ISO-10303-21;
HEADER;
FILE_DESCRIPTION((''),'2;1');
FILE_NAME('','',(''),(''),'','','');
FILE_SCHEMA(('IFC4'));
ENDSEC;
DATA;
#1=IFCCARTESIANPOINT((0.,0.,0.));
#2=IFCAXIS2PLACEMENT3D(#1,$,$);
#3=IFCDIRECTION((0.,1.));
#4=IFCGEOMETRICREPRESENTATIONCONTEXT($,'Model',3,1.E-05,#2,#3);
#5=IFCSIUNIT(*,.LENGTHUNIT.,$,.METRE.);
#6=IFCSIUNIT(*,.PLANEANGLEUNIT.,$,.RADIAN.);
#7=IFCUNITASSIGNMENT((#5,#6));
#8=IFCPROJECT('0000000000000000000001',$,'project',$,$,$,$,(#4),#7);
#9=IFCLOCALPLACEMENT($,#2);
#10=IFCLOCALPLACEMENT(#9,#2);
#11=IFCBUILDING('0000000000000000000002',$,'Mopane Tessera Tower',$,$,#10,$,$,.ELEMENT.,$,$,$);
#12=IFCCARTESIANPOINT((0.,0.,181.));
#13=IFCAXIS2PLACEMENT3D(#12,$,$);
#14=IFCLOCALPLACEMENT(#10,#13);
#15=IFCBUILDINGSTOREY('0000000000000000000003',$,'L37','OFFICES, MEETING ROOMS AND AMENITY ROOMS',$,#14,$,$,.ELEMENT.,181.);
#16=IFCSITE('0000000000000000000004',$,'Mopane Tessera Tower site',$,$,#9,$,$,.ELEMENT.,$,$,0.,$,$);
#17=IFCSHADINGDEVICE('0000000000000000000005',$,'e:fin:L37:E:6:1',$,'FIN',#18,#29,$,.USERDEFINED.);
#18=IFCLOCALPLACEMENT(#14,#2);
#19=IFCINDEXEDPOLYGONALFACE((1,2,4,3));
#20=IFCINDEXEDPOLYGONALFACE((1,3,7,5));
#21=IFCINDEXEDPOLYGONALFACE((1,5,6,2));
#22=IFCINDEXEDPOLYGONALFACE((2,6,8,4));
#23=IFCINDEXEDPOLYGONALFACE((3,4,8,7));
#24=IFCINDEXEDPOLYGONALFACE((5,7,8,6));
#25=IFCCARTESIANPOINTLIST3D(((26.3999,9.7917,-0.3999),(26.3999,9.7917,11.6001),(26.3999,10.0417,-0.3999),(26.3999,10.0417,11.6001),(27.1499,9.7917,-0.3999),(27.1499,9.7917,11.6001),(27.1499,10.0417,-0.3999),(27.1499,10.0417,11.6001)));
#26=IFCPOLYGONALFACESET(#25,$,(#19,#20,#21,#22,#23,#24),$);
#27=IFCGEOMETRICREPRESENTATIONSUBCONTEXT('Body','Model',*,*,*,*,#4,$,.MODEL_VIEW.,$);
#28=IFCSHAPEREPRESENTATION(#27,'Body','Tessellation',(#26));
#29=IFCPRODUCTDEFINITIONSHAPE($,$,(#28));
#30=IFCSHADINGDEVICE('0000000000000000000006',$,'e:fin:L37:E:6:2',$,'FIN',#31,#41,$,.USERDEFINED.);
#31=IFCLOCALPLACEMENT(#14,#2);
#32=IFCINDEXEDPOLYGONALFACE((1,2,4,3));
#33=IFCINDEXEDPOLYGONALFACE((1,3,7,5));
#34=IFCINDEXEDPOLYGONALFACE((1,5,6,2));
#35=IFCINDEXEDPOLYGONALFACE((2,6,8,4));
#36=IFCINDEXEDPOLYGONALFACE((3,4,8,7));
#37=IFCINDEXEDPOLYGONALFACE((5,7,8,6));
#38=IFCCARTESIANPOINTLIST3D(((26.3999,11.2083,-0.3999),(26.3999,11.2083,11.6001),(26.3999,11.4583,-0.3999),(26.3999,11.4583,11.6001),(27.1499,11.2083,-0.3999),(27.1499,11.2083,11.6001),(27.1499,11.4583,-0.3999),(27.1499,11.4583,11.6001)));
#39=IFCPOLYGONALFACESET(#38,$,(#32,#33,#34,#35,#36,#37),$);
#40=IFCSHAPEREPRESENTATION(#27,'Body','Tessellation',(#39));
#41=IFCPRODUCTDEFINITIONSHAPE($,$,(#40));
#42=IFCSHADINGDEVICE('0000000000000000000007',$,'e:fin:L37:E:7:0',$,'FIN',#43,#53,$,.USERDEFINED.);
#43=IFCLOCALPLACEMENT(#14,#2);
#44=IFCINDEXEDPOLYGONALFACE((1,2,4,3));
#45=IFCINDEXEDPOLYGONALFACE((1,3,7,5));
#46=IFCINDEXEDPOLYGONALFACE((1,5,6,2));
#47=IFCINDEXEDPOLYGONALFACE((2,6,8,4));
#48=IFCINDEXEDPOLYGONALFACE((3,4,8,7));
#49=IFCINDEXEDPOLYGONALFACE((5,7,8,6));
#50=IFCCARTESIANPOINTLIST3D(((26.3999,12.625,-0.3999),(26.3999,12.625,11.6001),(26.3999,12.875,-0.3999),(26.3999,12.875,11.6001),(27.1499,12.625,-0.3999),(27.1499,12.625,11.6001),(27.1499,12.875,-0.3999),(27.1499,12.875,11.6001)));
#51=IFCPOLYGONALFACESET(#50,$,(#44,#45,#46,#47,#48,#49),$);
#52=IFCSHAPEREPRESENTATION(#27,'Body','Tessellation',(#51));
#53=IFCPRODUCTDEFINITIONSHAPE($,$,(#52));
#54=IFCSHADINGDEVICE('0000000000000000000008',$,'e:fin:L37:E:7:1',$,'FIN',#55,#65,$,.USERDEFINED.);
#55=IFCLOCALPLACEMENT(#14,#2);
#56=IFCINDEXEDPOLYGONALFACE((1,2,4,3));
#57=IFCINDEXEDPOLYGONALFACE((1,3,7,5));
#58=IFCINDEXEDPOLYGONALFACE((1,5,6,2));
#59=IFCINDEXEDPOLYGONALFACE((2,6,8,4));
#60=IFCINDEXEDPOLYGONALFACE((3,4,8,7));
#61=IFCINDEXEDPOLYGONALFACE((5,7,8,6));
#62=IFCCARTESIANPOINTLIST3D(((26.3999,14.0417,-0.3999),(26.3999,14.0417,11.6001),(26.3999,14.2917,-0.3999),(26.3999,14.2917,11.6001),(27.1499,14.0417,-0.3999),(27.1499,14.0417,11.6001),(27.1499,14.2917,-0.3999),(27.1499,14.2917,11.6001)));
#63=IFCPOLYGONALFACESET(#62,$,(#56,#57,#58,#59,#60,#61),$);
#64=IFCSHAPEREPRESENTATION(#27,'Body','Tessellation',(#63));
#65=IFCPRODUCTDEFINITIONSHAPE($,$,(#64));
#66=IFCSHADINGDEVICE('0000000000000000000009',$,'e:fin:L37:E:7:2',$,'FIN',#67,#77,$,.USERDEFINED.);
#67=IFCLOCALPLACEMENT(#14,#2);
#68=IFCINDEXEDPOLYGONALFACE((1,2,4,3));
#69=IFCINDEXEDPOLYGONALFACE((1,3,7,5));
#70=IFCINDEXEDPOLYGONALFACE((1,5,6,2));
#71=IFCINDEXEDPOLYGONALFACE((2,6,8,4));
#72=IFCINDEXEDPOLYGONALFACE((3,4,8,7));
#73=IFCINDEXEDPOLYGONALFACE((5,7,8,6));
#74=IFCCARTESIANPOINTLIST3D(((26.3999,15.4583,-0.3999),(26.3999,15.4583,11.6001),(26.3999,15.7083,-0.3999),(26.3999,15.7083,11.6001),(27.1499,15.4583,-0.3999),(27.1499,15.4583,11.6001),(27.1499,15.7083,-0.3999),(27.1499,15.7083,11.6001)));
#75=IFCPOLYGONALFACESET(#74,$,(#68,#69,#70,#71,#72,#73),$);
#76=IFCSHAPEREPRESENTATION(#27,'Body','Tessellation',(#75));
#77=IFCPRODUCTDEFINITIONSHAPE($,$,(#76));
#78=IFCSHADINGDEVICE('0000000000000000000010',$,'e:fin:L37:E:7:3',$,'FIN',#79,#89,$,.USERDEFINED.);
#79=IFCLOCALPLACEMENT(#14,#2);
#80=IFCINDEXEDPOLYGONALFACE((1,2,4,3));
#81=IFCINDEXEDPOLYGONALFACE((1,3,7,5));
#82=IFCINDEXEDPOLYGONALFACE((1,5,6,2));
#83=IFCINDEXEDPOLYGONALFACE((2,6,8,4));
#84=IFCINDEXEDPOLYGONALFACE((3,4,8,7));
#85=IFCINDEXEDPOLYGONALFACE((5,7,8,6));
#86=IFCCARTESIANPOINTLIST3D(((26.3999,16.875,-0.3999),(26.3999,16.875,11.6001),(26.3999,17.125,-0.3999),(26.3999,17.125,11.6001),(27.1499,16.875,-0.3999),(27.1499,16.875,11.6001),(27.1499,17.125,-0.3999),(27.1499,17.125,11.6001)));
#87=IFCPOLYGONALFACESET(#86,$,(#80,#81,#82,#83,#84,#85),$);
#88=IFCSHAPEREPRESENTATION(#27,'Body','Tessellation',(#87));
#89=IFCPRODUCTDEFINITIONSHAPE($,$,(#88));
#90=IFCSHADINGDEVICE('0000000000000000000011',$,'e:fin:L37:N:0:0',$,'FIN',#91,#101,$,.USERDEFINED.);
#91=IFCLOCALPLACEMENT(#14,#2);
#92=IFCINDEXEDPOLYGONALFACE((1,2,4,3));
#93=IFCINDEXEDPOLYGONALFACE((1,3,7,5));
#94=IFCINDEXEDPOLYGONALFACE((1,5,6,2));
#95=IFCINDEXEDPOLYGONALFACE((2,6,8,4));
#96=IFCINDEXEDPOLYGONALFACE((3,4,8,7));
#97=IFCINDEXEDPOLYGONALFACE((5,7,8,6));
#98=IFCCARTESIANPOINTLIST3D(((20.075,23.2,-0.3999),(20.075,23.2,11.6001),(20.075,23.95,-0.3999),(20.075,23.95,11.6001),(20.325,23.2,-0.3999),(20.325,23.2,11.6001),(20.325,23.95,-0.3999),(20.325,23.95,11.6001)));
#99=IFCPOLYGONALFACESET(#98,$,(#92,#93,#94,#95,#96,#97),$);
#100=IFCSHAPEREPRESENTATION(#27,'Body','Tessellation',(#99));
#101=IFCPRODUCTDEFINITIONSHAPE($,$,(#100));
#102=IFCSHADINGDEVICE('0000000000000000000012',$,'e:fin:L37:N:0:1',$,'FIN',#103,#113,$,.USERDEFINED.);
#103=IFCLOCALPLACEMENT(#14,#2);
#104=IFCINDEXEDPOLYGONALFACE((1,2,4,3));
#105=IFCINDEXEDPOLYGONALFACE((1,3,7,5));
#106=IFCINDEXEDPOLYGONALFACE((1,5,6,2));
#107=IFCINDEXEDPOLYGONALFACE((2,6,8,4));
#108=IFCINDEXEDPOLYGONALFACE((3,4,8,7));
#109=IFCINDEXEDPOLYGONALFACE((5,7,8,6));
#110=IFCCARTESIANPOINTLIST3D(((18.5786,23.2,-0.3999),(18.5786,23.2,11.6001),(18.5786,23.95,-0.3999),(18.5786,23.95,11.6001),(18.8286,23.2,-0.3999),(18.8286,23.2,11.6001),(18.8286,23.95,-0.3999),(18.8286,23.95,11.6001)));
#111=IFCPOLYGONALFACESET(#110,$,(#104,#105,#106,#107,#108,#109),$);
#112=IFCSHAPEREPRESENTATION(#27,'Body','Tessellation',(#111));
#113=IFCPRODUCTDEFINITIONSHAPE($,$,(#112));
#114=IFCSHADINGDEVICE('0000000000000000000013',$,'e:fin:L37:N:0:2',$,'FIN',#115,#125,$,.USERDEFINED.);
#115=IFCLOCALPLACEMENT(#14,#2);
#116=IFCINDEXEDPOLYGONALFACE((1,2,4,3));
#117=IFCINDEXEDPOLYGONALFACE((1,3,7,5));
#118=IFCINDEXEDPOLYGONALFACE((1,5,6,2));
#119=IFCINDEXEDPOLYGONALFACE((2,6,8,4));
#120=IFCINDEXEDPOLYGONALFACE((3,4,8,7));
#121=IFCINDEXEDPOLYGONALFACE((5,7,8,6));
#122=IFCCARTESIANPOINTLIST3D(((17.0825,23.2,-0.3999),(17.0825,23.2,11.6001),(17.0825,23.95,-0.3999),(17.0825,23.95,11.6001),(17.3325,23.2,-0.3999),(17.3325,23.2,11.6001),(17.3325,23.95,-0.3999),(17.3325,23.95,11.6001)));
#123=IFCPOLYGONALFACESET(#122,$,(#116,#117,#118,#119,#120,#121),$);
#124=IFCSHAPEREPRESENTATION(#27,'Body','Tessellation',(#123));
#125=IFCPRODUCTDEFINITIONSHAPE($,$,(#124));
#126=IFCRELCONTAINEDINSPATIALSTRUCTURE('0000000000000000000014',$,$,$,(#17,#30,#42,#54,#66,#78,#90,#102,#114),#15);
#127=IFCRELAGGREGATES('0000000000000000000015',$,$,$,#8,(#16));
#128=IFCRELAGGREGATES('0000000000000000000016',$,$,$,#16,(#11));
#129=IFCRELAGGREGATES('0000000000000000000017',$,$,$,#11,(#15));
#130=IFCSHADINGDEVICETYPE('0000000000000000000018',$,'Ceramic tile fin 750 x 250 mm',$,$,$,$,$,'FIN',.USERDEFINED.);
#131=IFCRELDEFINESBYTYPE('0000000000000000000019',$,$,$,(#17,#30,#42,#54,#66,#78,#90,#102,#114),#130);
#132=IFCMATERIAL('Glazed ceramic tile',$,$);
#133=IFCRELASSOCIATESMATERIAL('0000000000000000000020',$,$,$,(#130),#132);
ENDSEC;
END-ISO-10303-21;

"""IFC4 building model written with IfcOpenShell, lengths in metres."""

from ifc_helpers import new_model, si_unit, direction, frame, origin, origin_2d, place, context, subcontext, project, spatial, rectangle, extrude, material, type_object, element, save


model = new_model("IFC4")

# Units and contexts
model_context = context("Model", 3, precision=1e-05, world=origin(), true_north=direction((0.0, 1.0)))
body_context = subcontext(model_context, "Body", "Model", "MODEL_VIEW")
ifc_project = project(units=[si_unit("LENGTHUNIT", "METRE"), si_unit("PLANEANGLEUNIT", "RADIAN")], contexts=[model_context])

# Site, building, storey
site_placement = place(None, origin())
site = spatial("IfcSite", under=ifc_project, at=site_placement, Name="Mopane Tessera Tower site", CompositionType="ELEMENT", RefElevation=0.0)
building_placement = place(site_placement, origin())
building = spatial("IfcBuilding", under=site, at=building_placement, Name="Mopane Tessera Tower", CompositionType="ELEMENT")
storey_placement = place(building_placement, frame((0.0, 0.0, 181.0)))
storey = spatial("IfcBuildingStorey", under=building, at=storey_placement, Name="L37", Description="OFFICES, MEETING ROOMS AND AMENITY ROOMS", CompositionType="ELEMENT", Elevation=181.0)

# Shading devices
ifc_material_1 = material(Name="Glazed ceramic tile")
shading_device_type = type_object("IfcShadingDeviceType", Name="Ceramic tile fin 750 x 250 mm", ElementType="FIN", PredefinedType="USERDEFINED", material=ifc_material_1)
for number, where, z_axis, x_axis, name in (
    (1, (26.7749, 9.9167, -0.3999), (0.0, 0.0, 1.0), (0.0, 1.0, 0.0), "e:fin:L37:E:6:1"),
    (2, (26.7749, 11.3333, -0.3999), (0.0, 0.0, 1.0), (0.0, 1.0, 0.0), "e:fin:L37:E:6:2"),
    (3, (26.7749, 12.75, -0.3999), (0.0, 0.0, 1.0), (0.0, 1.0, 0.0), "e:fin:L37:E:7:0"),
    (4, (26.7749, 14.1667, -0.3999), (0.0, 0.0, 1.0), (0.0, 1.0, 0.0), "e:fin:L37:E:7:1"),
    (5, (26.7749, 15.5833, -0.3999), (0.0, 0.0, 1.0), (0.0, 1.0, 0.0), "e:fin:L37:E:7:2"),
    (6, (26.7749, 17.0, -0.3999), (0.0, 0.0, 1.0), (0.0, 1.0, 0.0), "e:fin:L37:E:7:3"),
    (7, (20.2, 23.575, -0.3999), (0.0, 0.0, 1.0), (-1.0, 0.0, 0.0), "e:fin:L37:N:0:0"),
    (8, (18.7036, 23.575, -0.3999), (0.0, 0.0, 1.0), (-1.0, 0.0, 0.0), "e:fin:L37:N:0:1"),
    (9, (17.2075, 23.575, -0.3999), (0.0, 0.0, 1.0), (-1.0, 0.0, 0.0), "e:fin:L37:N:0:2"),
):
    element("IfcShadingDevice", number, at=place(storey_placement, frame(where, z_axis=z_axis, x_axis=x_axis)), inside=storey, type_object=shading_device_type, Name=name, ObjectType="FIN", PredefinedType="USERDEFINED", context=body_context, shape_type="SweptSolid", body=[
        extrude(rectangle(XDim=0.25, YDim=0.75, at=origin_2d()), origin(), (0.0, 0.0, 1.0), 12.0),
    ])

save(model, "model.ifc")
